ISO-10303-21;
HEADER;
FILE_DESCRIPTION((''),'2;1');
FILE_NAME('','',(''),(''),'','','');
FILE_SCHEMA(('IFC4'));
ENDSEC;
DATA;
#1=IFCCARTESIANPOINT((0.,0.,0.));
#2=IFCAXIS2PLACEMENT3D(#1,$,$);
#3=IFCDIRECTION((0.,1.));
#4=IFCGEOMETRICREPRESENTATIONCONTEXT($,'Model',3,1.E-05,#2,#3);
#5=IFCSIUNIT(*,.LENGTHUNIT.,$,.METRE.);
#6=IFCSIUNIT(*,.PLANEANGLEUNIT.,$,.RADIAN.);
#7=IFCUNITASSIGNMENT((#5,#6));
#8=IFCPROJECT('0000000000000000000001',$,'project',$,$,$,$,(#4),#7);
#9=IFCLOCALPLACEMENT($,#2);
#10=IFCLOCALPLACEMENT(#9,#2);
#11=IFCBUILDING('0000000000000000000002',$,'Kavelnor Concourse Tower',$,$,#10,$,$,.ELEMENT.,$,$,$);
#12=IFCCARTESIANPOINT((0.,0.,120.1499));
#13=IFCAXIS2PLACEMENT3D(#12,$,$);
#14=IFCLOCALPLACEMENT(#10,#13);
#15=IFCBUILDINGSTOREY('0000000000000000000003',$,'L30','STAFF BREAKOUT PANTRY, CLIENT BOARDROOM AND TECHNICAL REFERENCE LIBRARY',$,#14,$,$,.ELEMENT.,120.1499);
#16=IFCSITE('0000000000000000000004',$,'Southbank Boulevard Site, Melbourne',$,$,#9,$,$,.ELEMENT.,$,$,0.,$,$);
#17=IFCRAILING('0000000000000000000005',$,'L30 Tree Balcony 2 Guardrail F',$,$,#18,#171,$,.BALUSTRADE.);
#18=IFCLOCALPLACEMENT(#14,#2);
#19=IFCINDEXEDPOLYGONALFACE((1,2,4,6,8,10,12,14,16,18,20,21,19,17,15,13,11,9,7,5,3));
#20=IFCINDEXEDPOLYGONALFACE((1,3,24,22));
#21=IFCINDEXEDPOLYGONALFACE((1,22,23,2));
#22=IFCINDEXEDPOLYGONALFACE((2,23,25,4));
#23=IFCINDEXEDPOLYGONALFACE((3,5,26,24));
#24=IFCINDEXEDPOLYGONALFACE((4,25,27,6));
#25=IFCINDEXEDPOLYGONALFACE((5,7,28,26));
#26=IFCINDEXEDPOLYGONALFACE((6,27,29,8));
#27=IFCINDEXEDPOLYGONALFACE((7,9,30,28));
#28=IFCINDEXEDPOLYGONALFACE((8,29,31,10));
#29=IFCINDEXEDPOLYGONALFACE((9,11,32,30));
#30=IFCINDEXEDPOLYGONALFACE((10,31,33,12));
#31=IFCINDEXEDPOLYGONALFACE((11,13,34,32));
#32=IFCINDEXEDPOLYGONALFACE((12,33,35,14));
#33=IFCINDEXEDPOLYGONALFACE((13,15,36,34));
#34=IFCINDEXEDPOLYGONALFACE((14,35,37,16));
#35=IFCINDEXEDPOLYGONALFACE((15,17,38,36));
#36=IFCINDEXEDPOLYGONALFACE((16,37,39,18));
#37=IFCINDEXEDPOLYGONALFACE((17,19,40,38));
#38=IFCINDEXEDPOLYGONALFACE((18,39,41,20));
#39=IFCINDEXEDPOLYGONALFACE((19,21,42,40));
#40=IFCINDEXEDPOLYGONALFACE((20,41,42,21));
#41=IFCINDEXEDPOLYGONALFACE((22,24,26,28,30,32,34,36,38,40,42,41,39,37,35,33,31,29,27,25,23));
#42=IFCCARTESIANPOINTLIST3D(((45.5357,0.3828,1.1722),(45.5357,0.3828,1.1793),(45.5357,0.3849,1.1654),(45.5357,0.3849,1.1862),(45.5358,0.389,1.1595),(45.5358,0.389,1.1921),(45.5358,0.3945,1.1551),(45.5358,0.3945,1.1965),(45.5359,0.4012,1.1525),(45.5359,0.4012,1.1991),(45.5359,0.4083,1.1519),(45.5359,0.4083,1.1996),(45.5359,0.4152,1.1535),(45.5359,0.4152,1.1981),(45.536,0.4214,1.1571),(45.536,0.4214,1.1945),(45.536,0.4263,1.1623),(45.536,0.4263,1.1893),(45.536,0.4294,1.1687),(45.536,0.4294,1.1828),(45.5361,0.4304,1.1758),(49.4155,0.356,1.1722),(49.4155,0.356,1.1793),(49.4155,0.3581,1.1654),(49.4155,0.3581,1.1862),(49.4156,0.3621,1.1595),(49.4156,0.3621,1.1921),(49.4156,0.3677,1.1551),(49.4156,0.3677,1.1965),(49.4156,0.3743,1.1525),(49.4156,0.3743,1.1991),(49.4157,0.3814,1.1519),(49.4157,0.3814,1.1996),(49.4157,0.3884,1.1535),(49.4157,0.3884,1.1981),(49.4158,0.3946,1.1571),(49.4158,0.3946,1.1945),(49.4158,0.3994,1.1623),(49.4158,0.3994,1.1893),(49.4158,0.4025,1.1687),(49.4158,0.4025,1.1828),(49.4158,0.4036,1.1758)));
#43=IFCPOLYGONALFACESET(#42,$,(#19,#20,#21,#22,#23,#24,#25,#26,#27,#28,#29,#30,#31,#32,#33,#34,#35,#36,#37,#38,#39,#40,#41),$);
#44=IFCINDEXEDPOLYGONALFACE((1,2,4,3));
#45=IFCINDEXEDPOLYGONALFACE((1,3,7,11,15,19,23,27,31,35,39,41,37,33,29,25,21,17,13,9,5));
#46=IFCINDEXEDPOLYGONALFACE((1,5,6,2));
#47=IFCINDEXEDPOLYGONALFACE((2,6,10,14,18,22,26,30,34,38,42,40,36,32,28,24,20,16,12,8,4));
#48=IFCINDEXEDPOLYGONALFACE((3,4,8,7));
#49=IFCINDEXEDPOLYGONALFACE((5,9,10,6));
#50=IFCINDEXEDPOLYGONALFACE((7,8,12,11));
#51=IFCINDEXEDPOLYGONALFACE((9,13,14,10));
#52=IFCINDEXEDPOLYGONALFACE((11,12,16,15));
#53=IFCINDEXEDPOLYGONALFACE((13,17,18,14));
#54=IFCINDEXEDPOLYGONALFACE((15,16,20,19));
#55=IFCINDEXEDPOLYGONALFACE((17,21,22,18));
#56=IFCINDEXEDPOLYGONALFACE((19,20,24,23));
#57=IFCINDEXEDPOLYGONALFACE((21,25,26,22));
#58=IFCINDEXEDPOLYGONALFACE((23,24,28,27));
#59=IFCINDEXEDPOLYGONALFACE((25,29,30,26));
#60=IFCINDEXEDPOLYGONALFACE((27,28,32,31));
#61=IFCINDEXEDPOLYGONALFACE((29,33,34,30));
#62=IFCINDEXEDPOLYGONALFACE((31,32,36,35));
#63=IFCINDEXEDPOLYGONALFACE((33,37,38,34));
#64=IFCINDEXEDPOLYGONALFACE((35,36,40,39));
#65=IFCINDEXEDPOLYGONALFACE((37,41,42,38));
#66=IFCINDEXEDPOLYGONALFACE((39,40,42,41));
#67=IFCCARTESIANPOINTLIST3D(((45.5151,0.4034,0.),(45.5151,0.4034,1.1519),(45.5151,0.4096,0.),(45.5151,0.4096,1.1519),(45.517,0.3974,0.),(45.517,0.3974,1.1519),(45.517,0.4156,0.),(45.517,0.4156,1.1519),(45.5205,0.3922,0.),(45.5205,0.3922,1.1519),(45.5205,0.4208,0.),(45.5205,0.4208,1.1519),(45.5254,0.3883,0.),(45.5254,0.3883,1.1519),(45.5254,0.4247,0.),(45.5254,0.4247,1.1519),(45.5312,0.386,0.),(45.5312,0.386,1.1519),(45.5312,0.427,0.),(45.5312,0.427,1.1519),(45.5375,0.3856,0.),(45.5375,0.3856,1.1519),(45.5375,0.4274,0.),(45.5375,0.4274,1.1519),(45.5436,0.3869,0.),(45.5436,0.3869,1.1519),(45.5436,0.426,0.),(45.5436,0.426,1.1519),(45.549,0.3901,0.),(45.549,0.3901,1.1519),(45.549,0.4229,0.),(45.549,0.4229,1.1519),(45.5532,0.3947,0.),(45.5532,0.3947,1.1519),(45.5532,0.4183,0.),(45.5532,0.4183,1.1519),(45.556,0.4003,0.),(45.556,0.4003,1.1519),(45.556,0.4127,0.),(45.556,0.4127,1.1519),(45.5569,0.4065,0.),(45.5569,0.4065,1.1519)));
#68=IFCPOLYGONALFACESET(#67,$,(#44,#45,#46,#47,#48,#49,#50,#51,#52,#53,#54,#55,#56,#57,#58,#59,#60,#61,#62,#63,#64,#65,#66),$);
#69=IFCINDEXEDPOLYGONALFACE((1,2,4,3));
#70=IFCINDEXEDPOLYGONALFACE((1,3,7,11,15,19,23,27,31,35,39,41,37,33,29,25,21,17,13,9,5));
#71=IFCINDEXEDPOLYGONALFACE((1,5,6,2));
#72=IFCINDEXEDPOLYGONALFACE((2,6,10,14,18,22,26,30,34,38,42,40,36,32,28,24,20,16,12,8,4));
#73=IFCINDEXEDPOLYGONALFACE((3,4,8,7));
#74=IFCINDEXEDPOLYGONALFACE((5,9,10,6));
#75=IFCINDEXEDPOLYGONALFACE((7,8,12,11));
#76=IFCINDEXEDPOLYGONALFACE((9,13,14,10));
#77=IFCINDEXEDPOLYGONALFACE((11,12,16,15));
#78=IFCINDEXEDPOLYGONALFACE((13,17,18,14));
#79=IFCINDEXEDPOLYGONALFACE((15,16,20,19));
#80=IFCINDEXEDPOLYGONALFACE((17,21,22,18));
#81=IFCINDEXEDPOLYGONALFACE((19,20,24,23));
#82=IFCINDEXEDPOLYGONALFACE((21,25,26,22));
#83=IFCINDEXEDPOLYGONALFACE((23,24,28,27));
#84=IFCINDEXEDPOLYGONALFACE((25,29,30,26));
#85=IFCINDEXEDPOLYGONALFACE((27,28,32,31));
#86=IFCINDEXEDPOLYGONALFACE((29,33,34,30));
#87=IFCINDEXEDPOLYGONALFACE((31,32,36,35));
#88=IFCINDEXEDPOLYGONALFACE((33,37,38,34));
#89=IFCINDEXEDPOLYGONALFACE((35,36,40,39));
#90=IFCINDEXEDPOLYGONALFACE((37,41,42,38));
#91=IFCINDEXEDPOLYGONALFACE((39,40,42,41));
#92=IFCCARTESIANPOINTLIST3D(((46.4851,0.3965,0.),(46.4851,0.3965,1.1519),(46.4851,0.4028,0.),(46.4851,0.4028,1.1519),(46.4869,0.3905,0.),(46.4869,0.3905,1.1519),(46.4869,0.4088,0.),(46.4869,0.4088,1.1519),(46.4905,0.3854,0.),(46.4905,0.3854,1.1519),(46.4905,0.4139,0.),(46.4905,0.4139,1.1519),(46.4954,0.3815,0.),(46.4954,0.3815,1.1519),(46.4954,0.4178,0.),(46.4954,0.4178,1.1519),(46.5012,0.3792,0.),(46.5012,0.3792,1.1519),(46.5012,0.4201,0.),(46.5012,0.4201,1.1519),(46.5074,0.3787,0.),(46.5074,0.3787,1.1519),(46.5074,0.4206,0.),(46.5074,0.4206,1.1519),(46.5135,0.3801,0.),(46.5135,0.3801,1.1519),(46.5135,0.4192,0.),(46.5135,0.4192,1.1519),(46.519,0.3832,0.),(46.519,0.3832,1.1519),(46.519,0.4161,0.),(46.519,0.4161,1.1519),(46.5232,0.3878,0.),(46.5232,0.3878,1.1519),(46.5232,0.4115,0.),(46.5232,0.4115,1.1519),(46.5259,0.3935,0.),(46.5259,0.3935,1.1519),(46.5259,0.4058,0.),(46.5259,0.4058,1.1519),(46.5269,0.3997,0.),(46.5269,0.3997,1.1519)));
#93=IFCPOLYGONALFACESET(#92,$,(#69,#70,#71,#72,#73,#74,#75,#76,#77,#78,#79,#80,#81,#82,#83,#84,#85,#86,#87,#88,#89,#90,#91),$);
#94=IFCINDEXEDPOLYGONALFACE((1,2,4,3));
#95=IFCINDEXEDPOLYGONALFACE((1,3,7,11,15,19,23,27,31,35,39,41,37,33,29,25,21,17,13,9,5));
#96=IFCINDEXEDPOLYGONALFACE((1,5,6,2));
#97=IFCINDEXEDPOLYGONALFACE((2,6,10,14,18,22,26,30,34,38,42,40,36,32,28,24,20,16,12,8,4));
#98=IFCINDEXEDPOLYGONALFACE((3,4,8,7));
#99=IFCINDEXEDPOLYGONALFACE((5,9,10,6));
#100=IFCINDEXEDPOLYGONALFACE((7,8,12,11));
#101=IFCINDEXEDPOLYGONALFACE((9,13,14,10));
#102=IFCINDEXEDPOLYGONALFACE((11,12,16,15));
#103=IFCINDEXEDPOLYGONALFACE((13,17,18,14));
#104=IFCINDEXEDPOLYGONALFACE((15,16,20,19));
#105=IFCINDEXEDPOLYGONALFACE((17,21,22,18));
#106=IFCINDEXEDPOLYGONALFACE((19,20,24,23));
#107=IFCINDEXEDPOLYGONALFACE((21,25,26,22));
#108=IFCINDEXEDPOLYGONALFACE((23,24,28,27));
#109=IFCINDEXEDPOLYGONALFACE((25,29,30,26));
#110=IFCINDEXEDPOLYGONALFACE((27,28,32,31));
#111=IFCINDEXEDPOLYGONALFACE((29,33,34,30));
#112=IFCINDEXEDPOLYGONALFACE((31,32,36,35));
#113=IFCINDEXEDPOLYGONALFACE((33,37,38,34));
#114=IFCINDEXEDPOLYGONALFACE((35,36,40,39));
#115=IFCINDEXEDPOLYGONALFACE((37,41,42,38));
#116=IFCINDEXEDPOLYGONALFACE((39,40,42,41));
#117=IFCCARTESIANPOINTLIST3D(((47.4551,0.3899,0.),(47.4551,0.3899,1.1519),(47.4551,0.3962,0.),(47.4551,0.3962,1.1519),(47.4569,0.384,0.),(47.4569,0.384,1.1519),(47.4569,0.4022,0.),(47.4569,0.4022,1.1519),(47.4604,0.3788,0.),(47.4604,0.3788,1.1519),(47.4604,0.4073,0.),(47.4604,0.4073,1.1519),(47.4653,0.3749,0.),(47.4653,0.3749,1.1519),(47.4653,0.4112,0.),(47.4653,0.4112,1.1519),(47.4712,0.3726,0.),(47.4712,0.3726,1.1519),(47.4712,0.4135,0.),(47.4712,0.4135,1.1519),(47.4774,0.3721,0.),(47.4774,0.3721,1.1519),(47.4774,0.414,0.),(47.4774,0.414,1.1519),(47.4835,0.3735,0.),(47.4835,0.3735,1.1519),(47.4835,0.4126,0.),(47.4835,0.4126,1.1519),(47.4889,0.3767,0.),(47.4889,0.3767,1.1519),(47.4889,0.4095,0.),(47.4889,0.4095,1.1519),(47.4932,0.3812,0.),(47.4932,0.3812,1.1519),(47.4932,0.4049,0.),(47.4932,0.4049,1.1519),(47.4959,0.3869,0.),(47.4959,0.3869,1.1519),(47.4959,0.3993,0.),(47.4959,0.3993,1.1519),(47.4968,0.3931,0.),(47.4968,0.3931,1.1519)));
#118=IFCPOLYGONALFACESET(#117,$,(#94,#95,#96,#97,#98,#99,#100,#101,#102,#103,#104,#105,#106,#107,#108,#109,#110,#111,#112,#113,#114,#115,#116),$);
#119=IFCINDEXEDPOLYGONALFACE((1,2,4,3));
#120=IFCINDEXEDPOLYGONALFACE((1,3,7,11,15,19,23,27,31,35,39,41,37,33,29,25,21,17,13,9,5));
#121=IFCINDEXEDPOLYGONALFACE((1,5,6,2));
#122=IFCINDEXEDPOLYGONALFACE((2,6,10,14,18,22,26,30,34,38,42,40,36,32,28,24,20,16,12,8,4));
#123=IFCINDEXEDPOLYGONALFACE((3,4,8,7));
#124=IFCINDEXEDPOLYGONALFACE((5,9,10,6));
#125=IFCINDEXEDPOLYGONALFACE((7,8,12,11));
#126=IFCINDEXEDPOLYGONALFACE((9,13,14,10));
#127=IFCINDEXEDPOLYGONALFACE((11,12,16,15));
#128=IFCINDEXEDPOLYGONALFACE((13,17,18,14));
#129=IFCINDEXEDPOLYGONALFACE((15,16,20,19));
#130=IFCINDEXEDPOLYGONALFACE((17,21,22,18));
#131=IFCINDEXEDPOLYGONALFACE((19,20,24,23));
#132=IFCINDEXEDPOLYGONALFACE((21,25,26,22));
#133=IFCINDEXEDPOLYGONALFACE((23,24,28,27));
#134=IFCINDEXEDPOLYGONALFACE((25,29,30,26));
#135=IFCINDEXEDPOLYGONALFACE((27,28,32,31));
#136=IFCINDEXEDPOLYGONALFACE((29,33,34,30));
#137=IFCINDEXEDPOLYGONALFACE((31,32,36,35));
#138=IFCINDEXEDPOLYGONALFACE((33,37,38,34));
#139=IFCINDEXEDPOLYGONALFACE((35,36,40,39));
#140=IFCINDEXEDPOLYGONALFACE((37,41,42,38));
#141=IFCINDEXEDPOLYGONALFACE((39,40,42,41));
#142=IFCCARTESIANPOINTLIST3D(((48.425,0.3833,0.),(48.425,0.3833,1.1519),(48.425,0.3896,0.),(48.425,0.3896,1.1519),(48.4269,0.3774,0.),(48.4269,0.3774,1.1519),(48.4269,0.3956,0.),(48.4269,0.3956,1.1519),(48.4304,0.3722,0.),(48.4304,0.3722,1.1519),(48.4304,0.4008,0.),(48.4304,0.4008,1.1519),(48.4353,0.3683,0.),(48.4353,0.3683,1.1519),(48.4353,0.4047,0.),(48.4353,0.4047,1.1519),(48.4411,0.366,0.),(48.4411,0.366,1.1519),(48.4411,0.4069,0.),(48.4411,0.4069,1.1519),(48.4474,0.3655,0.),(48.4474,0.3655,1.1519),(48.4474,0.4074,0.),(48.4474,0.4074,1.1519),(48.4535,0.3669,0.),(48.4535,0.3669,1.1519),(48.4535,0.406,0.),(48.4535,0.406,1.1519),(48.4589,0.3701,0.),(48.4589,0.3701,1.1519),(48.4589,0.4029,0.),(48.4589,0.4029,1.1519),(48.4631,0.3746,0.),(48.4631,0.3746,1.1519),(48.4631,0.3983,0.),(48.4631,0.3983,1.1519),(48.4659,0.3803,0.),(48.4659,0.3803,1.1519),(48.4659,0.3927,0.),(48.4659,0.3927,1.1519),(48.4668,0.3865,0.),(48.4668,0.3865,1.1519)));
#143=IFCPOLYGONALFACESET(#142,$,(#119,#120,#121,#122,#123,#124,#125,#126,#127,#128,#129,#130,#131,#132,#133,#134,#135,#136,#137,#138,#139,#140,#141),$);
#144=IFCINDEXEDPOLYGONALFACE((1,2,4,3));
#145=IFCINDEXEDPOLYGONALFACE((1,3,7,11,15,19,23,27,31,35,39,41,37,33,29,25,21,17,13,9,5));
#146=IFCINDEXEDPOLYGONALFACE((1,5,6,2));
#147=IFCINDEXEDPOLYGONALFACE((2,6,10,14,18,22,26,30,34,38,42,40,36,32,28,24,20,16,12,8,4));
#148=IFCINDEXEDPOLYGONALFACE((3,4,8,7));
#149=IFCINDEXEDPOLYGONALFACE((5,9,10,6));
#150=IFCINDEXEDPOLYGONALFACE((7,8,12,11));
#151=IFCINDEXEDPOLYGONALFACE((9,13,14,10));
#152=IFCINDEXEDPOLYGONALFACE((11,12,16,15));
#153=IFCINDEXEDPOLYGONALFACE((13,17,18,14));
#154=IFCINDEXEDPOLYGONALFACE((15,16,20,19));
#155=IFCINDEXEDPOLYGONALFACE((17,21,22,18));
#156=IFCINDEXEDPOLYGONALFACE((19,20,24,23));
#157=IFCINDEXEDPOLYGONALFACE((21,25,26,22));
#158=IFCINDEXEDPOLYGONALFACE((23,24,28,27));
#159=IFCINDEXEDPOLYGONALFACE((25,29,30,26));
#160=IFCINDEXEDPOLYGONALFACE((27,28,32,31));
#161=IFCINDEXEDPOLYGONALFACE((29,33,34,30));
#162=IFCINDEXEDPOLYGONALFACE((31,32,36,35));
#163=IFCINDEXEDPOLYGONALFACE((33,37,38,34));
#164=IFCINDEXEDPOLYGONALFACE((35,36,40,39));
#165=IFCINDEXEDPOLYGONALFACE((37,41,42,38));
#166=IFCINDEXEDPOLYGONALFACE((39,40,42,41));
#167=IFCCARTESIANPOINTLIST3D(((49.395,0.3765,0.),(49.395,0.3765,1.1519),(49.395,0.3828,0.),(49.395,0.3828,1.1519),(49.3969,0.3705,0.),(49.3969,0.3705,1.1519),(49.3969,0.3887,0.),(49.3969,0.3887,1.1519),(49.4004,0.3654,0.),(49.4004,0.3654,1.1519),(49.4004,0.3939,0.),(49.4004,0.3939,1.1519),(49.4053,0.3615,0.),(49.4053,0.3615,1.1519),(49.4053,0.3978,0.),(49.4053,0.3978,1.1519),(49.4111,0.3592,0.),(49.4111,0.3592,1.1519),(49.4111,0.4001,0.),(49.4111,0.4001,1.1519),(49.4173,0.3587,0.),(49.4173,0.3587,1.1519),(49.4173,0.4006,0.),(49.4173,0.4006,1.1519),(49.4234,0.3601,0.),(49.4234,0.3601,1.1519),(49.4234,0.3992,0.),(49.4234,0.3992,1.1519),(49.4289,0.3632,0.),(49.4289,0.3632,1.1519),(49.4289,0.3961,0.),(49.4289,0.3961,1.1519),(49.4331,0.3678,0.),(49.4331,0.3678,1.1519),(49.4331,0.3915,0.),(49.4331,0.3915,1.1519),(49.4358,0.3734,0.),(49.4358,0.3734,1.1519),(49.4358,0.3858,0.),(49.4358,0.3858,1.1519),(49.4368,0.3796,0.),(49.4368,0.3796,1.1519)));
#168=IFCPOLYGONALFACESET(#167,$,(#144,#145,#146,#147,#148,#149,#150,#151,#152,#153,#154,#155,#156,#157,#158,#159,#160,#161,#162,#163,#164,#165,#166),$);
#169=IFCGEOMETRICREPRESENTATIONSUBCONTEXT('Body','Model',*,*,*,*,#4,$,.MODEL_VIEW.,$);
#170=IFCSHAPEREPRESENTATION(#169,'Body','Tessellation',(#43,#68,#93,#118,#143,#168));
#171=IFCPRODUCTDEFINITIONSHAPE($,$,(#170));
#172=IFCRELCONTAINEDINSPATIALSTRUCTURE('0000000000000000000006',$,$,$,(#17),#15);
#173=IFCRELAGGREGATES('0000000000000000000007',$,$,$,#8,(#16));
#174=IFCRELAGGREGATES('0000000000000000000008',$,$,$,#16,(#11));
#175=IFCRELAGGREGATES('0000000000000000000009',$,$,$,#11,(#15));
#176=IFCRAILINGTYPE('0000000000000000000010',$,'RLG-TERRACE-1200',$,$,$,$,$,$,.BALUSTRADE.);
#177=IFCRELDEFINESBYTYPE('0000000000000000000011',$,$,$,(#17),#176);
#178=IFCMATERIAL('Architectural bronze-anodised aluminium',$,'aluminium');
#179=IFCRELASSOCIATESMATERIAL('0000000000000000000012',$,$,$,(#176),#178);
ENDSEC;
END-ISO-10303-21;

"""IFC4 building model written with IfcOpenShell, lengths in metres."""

from ifc_helpers import new_model, si_unit, direction, frame, origin, origin_2d, place, context, subcontext, project, spatial, circle, extrude, material, type_object, element, save


model = new_model("IFC4")

# Units and contexts
model_context = context("Model", 3, precision=1e-05, world=origin(), true_north=direction((0.0, 1.0)))
body_context = subcontext(model_context, "Body", "Model", "MODEL_VIEW")
ifc_project = project(units=[si_unit("LENGTHUNIT", "METRE"), si_unit("PLANEANGLEUNIT", "RADIAN")], contexts=[model_context])

# Site, building, storey
site_placement = place(None, origin())
site = spatial("IfcSite", under=ifc_project, at=site_placement, Name="Southbank Boulevard Site, Melbourne", CompositionType="ELEMENT", RefElevation=0.0)
building_placement = place(site_placement, origin())
building = spatial("IfcBuilding", under=site, at=building_placement, Name="Kavelnor Concourse Tower", CompositionType="ELEMENT")
storey_placement = place(building_placement, frame((0.0, 0.0, 120.1499)))
storey = spatial("IfcBuildingStorey", under=building, at=storey_placement, Name="L30", Description="STAFF BREAKOUT PANTRY, CLIENT BOARDROOM AND TECHNICAL REFERENCE LIBRARY", CompositionType="ELEMENT", Elevation=120.1499)

# Railing
ifc_material_1 = material(Name="Architectural bronze-anodised aluminium", Category="aluminium")
railing_type_1 = type_object("IfcRailingType", Name="RLG-TERRACE-1200", PredefinedType="BALUSTRADE", material=ifc_material_1)
railing_1_placement = place(storey_placement, frame((45.5359, 0.4065, 0.0)))
element("IfcRailing", 1, at=railing_1_placement, inside=storey, type_object=railing_type_1, Name="L30 Tree Balcony 2 Guardrail F", PredefinedType="BALUSTRADE", context=body_context, shape_type="SweptSolid", body=[
    extrude(circle(Radius=0.0239, at=origin_2d()), frame((0.0, 0.0, 1.1758), z_axis=(0.999976, -0.006922, 0.0), x_axis=(0.006922, 0.999976, 0.0)), (0.0, 0.0, 1.0), 3.8799),
    extrude(circle(Radius=0.021, at=origin_2d()), origin(), (0.0, 0.0, 1.0), 1.1519),
    extrude(circle(Radius=0.021, at=origin_2d()), frame((0.97, -0.0068, 0.0)), (0.0, 0.0, 1.0), 1.1519),
    extrude(circle(Radius=0.021, at=origin_2d()), frame((1.9399, -0.0134, 0.0)), (0.0, 0.0, 1.0), 1.1519),
    extrude(circle(Radius=0.021, at=origin_2d()), frame((2.9099, -0.02, 0.0)), (0.0, 0.0, 1.0), 1.1519),
    extrude(circle(Radius=0.021, at=origin_2d()), frame((3.8799, -0.0269, 0.0)), (0.0, 0.0, 1.0), 1.1519),
])

save(model, "model.ifc")
